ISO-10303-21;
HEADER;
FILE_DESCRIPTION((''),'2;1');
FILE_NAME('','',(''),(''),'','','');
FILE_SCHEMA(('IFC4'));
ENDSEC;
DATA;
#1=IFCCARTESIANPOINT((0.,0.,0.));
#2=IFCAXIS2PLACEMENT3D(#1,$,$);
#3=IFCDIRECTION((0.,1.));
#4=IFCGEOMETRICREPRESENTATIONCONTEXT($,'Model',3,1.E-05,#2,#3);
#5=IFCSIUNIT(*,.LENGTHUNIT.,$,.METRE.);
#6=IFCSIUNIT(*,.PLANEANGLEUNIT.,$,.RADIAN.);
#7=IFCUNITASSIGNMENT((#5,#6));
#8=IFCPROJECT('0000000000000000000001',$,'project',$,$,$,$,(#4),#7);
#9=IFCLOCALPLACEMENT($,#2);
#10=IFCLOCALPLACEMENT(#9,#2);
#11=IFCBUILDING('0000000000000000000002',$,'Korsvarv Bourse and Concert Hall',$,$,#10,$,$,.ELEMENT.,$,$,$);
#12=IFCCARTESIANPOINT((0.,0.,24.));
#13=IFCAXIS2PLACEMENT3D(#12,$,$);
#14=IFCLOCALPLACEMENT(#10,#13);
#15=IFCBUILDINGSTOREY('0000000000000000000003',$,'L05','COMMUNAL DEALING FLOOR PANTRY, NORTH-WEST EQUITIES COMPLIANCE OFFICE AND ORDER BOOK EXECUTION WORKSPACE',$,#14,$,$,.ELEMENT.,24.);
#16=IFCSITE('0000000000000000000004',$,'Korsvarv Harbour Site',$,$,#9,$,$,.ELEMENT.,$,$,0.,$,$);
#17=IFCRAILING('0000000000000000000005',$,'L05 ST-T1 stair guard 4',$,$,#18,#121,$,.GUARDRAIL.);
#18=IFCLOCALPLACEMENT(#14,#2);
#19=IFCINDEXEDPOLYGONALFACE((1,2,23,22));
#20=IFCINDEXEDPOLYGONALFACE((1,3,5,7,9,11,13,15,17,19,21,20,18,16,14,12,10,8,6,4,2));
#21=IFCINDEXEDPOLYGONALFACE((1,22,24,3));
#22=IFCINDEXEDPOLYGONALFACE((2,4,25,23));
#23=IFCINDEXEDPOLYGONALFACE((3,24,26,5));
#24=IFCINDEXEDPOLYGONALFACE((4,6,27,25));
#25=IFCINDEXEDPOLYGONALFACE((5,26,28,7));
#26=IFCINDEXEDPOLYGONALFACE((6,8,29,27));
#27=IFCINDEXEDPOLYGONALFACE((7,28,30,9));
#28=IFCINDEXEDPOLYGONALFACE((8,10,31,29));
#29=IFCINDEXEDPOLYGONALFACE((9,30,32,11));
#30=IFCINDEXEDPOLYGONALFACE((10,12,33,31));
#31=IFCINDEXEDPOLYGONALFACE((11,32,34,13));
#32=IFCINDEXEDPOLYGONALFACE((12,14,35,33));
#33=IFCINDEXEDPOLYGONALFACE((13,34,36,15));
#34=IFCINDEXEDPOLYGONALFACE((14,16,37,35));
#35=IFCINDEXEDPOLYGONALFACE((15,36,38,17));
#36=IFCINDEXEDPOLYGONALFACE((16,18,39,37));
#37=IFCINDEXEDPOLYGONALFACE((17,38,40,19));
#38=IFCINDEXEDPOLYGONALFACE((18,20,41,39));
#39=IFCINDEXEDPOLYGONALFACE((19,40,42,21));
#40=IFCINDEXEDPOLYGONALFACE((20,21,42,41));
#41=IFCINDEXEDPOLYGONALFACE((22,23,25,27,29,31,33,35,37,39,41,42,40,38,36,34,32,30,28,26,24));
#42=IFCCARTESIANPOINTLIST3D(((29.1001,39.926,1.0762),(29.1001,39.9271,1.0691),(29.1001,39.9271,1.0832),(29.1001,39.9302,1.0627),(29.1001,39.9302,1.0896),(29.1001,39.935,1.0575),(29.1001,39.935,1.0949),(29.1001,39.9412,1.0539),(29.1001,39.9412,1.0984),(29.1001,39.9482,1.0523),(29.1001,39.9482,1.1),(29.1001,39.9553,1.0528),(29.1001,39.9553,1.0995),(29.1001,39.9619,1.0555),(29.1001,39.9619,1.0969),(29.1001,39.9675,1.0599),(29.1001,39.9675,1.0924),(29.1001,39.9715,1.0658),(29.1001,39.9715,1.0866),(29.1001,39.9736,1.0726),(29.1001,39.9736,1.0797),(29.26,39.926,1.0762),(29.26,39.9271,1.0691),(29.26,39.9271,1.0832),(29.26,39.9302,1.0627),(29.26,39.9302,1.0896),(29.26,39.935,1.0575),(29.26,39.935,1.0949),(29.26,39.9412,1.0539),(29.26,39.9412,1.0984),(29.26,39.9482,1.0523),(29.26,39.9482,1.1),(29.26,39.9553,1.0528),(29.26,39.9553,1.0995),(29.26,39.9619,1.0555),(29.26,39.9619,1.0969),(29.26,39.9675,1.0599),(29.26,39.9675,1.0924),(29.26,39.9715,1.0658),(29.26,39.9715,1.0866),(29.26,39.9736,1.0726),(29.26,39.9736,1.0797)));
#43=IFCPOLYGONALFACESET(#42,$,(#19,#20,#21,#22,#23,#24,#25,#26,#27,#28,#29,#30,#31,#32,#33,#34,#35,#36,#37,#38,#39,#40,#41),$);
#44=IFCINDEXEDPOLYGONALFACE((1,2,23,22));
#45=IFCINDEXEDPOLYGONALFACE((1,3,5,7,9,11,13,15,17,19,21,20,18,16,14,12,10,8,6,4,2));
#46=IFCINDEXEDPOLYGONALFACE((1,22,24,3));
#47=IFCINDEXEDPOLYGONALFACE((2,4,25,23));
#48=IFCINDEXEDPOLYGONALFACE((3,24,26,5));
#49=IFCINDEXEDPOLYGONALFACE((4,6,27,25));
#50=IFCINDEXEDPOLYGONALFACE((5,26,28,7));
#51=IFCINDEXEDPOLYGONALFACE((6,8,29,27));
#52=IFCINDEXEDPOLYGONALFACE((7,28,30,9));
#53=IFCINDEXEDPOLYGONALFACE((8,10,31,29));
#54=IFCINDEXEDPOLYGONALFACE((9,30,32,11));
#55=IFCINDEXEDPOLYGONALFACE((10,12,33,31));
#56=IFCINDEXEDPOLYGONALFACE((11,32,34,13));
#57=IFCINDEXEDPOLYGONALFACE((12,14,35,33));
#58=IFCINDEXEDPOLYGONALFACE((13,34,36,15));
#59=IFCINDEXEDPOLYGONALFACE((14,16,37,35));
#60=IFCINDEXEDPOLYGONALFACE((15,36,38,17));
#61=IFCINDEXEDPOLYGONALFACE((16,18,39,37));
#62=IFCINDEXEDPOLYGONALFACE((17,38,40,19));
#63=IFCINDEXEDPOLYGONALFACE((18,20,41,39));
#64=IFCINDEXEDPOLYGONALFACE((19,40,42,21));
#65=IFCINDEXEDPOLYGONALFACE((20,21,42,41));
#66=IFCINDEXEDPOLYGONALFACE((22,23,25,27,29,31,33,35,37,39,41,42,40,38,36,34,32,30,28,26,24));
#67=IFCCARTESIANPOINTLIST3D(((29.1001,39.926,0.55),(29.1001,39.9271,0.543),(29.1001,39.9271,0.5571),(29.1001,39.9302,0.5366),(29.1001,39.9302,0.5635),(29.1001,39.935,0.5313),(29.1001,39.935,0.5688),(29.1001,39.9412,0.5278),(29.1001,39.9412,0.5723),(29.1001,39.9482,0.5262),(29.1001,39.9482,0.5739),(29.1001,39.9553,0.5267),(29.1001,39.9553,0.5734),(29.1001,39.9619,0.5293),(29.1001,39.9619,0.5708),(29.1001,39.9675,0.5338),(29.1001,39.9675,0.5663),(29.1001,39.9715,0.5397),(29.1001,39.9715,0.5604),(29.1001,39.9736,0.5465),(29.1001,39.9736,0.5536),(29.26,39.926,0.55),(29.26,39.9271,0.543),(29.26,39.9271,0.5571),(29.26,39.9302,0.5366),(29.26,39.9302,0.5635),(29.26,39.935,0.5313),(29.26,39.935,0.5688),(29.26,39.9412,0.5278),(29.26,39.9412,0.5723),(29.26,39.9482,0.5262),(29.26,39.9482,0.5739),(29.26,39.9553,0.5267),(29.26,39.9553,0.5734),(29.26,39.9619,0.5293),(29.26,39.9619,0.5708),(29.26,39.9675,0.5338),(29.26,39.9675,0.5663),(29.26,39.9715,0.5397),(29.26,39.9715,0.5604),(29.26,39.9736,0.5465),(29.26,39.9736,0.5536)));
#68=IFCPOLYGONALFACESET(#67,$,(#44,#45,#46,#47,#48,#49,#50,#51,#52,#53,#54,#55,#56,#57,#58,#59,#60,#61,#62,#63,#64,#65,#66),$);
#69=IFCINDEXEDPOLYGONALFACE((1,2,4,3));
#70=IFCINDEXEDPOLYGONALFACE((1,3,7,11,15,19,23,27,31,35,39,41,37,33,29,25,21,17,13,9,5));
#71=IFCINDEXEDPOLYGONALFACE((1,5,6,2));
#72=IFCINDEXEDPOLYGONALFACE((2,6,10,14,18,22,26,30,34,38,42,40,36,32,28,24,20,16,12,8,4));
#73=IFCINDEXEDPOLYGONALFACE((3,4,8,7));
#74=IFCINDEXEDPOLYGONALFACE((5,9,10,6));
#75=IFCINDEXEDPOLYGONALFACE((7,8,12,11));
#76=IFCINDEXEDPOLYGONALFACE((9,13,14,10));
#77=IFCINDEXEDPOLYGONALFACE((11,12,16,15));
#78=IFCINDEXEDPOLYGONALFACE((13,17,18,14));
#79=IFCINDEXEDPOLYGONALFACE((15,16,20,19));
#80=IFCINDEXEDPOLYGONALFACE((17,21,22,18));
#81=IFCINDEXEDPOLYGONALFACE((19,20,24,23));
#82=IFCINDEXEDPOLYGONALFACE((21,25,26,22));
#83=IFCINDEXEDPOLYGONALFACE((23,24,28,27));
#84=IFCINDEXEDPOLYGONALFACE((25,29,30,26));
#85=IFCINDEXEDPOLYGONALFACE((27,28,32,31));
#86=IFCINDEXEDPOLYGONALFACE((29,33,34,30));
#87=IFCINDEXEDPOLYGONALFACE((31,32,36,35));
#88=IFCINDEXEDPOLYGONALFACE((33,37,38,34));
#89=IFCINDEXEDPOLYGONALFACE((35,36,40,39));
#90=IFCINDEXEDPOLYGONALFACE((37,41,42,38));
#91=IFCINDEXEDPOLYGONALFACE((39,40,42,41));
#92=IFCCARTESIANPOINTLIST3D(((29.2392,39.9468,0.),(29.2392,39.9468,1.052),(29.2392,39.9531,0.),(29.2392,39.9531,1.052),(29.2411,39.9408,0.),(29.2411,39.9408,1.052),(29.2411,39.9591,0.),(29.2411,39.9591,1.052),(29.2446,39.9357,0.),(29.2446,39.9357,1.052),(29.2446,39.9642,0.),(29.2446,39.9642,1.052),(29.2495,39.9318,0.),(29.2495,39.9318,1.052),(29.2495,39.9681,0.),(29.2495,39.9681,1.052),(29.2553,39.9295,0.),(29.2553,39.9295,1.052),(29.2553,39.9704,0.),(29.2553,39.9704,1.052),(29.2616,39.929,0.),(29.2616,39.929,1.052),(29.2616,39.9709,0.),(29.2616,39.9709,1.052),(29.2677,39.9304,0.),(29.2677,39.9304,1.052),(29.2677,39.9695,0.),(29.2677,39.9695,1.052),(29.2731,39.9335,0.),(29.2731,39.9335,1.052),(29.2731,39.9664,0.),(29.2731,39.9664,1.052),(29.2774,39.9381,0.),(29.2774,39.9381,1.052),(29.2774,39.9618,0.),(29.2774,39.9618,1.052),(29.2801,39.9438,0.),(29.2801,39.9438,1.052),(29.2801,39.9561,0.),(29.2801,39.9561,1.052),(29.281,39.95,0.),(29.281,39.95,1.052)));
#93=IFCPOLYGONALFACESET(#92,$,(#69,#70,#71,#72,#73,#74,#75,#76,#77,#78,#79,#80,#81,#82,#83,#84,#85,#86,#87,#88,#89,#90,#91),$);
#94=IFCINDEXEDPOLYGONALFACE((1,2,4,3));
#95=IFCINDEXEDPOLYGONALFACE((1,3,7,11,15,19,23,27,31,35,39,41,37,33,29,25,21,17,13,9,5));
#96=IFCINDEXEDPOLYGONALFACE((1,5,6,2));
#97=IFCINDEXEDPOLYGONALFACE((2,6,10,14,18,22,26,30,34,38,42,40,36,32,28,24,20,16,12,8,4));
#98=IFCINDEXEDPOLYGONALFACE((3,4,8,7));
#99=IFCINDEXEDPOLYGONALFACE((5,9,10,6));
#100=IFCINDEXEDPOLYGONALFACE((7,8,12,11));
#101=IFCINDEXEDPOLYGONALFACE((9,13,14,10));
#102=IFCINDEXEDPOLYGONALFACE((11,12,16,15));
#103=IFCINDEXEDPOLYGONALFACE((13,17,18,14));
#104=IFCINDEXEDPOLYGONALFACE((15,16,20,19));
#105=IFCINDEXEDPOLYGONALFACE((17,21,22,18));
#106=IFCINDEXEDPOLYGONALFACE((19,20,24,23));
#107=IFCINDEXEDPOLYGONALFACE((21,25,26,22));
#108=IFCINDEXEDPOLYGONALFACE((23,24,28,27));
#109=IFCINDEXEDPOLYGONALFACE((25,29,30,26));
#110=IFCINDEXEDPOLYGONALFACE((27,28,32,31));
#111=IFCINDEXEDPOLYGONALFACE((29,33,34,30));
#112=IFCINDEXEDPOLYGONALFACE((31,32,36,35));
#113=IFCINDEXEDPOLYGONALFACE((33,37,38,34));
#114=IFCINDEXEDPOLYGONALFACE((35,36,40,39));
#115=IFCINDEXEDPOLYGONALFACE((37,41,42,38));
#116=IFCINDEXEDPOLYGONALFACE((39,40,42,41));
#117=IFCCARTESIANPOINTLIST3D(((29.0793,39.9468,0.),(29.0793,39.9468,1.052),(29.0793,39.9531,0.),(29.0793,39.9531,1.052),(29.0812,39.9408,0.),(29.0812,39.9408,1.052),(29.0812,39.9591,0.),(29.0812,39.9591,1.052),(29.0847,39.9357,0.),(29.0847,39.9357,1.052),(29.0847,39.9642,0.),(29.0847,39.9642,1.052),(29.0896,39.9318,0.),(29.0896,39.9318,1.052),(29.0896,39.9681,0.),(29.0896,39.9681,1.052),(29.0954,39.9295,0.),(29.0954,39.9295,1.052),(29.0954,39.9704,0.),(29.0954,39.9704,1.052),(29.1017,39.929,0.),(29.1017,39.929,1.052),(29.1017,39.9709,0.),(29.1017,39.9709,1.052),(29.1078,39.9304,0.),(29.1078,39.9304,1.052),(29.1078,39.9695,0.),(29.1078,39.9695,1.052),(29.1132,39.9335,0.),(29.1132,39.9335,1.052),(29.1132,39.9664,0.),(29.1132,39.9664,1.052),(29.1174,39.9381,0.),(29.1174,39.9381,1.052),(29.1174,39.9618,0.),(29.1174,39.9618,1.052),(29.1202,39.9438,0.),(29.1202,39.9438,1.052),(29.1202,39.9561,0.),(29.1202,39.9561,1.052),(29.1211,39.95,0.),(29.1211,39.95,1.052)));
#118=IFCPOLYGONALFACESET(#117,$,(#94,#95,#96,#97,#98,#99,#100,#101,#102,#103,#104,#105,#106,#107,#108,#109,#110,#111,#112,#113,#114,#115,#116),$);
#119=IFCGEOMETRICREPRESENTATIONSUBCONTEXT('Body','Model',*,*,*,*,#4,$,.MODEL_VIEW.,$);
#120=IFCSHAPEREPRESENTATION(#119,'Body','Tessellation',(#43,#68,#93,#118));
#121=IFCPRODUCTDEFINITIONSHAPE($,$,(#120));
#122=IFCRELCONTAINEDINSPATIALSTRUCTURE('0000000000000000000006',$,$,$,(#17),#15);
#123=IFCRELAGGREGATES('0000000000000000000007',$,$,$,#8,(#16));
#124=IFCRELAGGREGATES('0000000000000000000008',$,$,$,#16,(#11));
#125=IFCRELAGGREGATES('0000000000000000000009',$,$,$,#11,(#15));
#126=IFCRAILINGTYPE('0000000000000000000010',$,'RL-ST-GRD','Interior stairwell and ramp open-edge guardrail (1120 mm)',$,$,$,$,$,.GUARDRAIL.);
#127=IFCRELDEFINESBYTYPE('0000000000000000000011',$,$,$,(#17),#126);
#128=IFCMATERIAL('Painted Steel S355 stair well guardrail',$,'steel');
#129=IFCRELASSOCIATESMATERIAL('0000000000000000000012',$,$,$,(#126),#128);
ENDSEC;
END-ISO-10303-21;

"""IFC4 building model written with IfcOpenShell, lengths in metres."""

from ifc_helpers import new_model, si_unit, direction, frame, origin, origin_2d, place, context, subcontext, project, spatial, circle, extrude, material, type_object, element, save


model = new_model("IFC4")

# Units and contexts
model_context = context("Model", 3, precision=1e-05, world=origin(), true_north=direction((0.0, 1.0)))
body_context = subcontext(model_context, "Body", "Model", "MODEL_VIEW")
ifc_project = project(units=[si_unit("LENGTHUNIT", "METRE"), si_unit("PLANEANGLEUNIT", "RADIAN")], contexts=[model_context])

# Site, building, storey
site_placement = place(None, origin())
site = spatial("IfcSite", under=ifc_project, at=site_placement, Name="Korsvarv Harbour Site", CompositionType="ELEMENT", RefElevation=0.0)
building_placement = place(site_placement, origin())
building = spatial("IfcBuilding", under=site, at=building_placement, Name="Korsvarv Bourse and Concert Hall", CompositionType="ELEMENT")
storey_placement = place(building_placement, frame((0.0, 0.0, 24.0)))
storey = spatial("IfcBuildingStorey", under=building, at=storey_placement, Name="L05", Description="COMMUNAL DEALING FLOOR PANTRY, NORTH-WEST EQUITIES COMPLIANCE OFFICE AND ORDER BOOK EXECUTION WORKSPACE", CompositionType="ELEMENT", Elevation=24.0)

# Railing
ifc_material_1 = material(Name="Painted Steel S355 stair well guardrail", Category="steel")
railing_type_1 = type_object("IfcRailingType", Name="RL-ST-GRD", Description="Interior stairwell and ramp open-edge guardrail (1120 mm)", PredefinedType="GUARDRAIL", material=ifc_material_1)
railing_1_placement = place(storey_placement, frame((29.26, 39.95, 0.0)))
element("IfcRailing", 1, at=railing_1_placement, inside=storey, type_object=railing_type_1, Name="L05 ST-T1 stair guard 4", PredefinedType="GUARDRAIL", context=body_context, shape_type="SweptSolid", body=[
    extrude(circle(Radius=0.0239, at=origin_2d()), frame((0.0, 0.0, 1.0762), z_axis=(-1.0, 0.0, 0.0), x_axis=(0.0, -1.0, 0.0)), (0.0, 0.0, 1.0), 0.1599),
    extrude(circle(Radius=0.0239, at=origin_2d()), frame((0.0, 0.0, 0.55), z_axis=(-1.0, 0.0, 0.0), x_axis=(0.0, -1.0, 0.0)), (0.0, 0.0, 1.0), 0.1599),
    extrude(circle(Radius=0.021, at=origin_2d()), origin(), (0.0, 0.0, 1.0), 1.052),
    extrude(circle(Radius=0.021, at=origin_2d()), frame((-0.1599, 0.0, 0.0)), (0.0, 0.0, 1.0), 1.052),
])

save(model, "model.ifc")
